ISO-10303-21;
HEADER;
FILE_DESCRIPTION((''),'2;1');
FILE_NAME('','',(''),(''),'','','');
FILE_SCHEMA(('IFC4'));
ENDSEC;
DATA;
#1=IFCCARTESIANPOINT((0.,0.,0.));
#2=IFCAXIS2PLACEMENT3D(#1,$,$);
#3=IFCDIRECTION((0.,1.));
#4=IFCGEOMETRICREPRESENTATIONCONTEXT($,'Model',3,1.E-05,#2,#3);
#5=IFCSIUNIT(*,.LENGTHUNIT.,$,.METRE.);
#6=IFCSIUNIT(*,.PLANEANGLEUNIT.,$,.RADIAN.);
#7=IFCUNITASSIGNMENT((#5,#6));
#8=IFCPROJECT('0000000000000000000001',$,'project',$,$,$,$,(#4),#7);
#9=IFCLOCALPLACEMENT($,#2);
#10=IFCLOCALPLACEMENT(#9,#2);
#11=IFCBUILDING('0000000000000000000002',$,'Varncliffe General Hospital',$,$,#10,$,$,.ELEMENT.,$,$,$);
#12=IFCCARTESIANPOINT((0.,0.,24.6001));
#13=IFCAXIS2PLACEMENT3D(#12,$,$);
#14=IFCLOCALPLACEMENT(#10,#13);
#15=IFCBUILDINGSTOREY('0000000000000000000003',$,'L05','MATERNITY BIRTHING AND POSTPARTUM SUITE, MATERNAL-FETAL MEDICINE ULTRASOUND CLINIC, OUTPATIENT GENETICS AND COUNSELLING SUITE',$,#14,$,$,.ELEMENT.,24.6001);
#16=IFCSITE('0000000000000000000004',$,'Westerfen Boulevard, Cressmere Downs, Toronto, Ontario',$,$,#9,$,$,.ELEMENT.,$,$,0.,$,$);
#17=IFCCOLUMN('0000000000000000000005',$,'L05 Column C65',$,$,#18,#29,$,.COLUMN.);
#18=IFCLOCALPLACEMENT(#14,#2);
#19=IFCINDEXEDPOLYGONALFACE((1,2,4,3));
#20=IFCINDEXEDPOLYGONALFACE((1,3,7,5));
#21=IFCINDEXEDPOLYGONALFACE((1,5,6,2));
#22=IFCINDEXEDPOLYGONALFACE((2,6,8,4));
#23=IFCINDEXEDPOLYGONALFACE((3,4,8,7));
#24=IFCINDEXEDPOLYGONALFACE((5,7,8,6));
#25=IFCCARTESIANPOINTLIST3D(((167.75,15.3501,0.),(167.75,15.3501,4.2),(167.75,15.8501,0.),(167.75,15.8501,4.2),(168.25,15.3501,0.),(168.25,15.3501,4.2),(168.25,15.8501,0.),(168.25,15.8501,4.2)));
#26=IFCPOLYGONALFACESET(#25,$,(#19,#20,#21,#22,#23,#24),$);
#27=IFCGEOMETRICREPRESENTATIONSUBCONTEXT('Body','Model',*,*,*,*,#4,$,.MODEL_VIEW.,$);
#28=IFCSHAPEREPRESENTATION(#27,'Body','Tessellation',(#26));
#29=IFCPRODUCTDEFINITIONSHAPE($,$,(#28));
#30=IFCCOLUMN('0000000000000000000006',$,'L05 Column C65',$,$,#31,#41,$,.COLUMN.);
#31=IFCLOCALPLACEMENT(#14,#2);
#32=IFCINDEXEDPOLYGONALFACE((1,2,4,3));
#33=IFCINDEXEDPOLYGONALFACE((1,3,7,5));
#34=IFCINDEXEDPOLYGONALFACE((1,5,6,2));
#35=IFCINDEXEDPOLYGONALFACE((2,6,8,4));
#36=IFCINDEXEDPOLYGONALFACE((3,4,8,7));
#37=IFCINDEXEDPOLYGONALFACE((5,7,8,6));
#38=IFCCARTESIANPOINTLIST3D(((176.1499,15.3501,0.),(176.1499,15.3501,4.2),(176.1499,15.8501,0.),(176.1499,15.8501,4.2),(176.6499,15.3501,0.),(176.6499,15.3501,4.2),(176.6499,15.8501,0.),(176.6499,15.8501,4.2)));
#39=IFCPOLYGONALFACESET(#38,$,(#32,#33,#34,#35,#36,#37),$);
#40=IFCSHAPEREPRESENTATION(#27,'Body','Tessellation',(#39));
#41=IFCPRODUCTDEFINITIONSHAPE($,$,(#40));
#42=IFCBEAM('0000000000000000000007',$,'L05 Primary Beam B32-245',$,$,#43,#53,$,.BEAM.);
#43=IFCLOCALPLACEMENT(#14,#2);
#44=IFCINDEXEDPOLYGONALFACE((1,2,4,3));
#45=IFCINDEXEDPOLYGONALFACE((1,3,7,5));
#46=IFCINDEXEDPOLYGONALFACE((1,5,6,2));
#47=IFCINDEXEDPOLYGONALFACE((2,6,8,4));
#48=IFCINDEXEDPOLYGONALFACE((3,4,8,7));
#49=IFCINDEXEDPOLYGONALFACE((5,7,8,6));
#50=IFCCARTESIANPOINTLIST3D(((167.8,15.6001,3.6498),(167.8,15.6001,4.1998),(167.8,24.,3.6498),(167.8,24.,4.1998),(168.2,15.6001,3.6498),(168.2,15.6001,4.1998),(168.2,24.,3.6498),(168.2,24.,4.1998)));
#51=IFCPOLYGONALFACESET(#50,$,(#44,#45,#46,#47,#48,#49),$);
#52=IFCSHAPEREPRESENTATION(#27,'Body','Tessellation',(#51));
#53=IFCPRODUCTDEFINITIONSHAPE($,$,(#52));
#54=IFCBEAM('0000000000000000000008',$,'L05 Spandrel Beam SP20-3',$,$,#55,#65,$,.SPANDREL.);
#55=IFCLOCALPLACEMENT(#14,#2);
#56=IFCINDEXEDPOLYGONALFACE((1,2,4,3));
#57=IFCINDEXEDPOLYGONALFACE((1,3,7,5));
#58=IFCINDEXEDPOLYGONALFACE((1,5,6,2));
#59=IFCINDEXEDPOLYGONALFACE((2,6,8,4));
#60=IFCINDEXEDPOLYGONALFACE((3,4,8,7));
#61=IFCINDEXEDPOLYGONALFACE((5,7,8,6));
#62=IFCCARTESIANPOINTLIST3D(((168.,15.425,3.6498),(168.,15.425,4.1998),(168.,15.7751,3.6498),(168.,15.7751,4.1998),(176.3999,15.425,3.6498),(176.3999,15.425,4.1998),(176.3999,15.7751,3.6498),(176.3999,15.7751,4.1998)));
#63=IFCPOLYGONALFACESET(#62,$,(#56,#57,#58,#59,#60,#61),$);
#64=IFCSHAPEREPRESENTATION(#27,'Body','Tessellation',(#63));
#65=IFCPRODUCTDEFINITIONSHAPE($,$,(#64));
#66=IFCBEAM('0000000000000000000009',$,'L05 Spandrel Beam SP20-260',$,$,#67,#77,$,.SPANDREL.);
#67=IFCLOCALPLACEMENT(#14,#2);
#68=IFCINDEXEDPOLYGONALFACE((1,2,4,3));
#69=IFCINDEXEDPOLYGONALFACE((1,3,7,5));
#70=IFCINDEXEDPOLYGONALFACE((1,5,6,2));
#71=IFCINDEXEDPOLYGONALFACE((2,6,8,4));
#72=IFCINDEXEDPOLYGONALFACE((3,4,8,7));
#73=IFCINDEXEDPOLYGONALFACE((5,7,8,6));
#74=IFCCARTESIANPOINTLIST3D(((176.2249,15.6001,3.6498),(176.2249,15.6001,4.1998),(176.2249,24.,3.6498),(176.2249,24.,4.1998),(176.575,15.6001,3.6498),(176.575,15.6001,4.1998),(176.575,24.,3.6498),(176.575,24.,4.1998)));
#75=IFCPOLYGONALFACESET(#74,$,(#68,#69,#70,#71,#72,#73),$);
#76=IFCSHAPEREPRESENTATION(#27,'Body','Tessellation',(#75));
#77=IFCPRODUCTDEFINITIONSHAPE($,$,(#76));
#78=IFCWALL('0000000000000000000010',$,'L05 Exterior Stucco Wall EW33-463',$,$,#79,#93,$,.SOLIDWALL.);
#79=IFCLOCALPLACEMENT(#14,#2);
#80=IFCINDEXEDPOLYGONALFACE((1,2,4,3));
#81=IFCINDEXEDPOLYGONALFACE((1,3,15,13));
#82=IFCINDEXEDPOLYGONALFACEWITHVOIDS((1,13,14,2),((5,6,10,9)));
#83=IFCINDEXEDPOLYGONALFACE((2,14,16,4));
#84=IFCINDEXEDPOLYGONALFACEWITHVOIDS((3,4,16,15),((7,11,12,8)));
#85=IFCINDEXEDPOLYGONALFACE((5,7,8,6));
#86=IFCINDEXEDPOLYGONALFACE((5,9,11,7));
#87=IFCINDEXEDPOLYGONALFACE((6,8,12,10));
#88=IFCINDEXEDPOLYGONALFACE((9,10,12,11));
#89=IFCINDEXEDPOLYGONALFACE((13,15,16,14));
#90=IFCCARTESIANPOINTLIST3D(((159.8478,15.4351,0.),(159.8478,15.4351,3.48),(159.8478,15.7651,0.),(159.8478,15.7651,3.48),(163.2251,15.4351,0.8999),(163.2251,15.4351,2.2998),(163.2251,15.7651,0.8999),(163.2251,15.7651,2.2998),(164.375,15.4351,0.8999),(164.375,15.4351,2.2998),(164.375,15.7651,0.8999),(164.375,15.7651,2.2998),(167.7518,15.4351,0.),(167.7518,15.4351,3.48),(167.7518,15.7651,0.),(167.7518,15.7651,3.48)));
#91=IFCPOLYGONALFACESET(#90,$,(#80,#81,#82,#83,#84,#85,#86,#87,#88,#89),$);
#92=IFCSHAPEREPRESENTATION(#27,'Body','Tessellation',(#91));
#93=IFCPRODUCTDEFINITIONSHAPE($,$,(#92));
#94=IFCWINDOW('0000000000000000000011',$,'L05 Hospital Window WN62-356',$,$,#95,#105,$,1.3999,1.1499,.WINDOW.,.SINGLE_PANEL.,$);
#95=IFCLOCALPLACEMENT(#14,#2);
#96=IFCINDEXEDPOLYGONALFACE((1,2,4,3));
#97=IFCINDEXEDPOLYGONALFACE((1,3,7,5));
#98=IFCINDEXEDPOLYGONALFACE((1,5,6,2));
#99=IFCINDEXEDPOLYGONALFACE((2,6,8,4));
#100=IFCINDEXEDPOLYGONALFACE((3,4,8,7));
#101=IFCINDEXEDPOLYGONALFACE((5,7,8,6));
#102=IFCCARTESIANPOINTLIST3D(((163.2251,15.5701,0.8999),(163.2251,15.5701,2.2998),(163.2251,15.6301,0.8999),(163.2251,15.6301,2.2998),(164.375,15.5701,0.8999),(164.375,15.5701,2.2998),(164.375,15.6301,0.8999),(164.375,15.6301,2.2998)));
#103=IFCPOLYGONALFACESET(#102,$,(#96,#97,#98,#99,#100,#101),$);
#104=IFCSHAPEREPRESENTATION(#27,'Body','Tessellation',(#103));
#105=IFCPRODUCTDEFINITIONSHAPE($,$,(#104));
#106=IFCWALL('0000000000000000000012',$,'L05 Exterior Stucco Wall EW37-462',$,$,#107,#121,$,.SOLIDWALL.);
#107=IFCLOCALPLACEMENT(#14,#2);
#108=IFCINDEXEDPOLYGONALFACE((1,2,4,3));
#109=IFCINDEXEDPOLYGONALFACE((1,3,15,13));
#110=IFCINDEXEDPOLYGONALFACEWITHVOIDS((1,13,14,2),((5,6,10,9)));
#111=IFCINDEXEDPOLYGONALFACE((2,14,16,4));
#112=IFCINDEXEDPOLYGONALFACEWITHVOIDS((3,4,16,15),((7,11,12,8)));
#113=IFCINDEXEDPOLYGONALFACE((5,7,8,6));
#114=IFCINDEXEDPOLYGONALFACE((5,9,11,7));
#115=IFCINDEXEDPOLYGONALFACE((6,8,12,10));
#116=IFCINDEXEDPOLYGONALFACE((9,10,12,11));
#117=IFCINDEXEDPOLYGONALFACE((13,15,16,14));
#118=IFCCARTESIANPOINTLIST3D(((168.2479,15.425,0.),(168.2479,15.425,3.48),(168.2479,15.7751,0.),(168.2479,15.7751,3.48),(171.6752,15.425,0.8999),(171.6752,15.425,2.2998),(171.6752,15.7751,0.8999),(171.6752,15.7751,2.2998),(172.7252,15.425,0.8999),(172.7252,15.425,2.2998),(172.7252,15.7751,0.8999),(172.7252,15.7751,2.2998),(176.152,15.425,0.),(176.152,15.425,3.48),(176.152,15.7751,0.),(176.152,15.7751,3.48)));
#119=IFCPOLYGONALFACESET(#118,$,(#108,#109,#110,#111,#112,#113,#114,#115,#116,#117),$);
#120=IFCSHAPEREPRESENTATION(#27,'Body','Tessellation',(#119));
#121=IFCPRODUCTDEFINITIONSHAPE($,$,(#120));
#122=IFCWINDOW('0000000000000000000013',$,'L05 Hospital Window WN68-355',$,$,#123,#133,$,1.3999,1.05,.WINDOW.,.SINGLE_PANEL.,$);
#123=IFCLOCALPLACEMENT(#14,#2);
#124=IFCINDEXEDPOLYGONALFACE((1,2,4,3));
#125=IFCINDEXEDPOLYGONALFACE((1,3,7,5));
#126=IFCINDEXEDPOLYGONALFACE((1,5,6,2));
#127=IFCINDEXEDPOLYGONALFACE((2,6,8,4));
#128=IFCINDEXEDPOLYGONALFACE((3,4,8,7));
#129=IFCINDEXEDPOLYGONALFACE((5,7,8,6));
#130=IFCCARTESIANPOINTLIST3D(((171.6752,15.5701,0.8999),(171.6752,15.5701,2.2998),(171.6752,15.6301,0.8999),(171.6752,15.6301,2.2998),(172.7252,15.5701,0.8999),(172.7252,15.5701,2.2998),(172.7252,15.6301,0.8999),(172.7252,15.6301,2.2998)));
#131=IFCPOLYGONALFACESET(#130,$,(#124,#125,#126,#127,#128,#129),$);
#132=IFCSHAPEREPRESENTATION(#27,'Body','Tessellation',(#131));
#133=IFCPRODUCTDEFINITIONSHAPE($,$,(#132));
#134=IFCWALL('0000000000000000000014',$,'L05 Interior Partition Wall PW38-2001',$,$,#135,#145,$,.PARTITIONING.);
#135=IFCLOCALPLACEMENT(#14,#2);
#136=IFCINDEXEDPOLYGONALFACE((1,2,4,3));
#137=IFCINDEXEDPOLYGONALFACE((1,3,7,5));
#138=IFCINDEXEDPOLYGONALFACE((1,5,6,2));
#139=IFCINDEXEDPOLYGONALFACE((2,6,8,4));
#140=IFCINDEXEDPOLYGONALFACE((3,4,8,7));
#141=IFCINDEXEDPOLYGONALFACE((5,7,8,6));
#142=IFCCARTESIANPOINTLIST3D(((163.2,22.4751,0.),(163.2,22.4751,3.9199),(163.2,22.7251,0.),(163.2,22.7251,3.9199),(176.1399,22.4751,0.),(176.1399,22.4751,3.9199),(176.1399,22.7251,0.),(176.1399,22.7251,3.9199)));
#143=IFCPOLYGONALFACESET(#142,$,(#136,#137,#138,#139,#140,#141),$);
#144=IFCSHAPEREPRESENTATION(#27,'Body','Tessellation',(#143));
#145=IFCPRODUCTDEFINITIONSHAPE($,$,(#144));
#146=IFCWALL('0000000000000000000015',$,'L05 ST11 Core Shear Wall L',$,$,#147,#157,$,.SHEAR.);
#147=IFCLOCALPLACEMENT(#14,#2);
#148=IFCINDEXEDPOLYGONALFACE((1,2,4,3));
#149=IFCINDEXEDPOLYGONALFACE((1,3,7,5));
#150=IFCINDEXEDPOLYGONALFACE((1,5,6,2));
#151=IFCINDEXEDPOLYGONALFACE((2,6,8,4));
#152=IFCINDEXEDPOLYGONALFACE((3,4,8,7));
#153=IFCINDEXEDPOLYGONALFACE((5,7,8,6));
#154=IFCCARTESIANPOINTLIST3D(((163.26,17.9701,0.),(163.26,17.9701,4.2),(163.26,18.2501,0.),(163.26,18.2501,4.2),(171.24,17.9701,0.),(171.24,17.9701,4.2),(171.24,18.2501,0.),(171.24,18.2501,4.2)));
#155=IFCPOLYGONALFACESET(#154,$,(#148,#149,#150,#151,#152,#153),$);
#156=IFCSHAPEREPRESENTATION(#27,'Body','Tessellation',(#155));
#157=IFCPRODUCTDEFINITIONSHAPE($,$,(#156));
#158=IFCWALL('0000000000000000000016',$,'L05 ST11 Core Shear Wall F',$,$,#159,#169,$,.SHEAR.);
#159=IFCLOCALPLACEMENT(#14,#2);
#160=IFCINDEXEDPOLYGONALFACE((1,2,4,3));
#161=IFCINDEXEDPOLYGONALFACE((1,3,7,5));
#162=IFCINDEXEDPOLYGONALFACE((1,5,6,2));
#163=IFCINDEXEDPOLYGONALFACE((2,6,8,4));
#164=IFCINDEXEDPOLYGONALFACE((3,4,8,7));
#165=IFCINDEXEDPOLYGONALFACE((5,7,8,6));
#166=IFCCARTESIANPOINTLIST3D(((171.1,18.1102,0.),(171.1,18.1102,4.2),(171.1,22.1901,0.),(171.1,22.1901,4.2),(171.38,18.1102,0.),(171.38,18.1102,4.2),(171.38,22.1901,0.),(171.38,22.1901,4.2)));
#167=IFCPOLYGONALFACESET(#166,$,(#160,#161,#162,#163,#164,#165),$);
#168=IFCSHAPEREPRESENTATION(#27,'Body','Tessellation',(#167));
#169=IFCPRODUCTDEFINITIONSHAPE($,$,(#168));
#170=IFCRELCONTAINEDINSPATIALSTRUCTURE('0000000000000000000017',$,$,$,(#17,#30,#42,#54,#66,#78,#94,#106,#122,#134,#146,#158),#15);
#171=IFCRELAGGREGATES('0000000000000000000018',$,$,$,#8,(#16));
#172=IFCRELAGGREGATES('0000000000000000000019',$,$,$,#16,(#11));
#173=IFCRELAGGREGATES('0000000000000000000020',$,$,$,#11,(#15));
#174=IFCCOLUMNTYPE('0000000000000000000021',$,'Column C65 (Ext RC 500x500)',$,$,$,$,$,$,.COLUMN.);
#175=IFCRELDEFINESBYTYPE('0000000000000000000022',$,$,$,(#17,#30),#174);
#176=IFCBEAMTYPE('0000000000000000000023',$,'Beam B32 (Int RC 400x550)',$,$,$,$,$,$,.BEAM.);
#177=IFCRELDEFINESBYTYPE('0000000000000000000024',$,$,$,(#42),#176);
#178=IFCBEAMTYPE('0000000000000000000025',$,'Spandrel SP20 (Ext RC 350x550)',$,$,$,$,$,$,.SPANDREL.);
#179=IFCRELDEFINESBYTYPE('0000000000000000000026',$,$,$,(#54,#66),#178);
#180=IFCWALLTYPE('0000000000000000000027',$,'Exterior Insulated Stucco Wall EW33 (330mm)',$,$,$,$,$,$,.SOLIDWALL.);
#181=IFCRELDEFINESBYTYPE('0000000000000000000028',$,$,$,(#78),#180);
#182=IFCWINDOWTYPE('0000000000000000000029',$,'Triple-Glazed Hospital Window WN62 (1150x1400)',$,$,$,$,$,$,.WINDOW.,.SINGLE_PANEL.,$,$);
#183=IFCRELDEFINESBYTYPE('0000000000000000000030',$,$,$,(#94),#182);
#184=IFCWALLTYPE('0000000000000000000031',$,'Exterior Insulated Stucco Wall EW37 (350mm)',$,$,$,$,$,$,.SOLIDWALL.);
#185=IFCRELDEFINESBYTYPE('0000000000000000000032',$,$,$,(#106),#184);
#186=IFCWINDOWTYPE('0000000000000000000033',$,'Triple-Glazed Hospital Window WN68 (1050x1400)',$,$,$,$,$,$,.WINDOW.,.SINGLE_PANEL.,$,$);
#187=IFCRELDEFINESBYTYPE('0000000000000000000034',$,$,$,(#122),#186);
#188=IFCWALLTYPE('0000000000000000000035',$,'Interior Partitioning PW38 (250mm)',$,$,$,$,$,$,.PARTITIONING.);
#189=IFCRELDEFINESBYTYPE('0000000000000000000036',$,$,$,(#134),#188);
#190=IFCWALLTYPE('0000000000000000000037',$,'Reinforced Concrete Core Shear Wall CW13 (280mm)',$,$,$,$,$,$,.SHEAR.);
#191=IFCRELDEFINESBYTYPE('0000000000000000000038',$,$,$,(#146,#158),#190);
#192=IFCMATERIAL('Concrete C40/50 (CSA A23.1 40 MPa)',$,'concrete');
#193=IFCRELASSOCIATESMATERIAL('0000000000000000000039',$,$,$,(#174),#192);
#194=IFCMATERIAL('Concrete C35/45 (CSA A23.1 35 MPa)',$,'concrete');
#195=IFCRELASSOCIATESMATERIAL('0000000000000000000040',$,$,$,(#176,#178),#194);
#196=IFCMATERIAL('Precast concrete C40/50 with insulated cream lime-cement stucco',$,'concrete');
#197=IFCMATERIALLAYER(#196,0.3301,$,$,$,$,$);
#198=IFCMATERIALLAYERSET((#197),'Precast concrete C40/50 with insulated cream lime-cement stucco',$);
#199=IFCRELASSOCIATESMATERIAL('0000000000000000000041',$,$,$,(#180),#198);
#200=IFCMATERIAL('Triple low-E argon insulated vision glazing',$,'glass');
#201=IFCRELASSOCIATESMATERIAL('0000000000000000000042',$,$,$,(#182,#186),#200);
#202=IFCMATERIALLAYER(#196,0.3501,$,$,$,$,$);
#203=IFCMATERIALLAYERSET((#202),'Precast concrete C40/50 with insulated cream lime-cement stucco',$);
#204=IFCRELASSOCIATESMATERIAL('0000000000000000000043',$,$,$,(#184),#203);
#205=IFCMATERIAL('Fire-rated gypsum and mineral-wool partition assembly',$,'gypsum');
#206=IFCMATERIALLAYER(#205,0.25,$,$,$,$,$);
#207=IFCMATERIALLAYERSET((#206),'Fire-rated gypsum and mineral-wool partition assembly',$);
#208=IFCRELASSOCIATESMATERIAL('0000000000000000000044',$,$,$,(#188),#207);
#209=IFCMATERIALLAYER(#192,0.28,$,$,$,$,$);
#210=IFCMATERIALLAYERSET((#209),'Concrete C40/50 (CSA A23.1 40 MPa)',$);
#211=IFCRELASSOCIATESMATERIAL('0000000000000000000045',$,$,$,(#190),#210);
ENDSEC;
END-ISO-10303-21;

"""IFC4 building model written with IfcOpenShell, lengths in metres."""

from ifc_helpers import new_model, si_unit, direction, frame, frame_2d, origin, origin_2d, place, context, subcontext, project, spatial, rectangle, extrude, material, layer, layer_set, material_profile, profile_set, type_object, element, fill, save


model = new_model("IFC4")

# Units and contexts
model_context = context("Model", 3, precision=1e-05, world=origin(), true_north=direction((0.0, 1.0)))
body_context = subcontext(model_context, "Body", "Model", "MODEL_VIEW")
ifc_project = project(units=[si_unit("LENGTHUNIT", "METRE"), si_unit("PLANEANGLEUNIT", "RADIAN")], contexts=[model_context])

# Site, building, storey
site_placement = place(None, origin())
site = spatial("IfcSite", under=ifc_project, at=site_placement, Name="Westerfen Boulevard, Cressmere Downs, Toronto, Ontario", CompositionType="ELEMENT", RefElevation=0.0)
building_placement = place(site_placement, origin())
building = spatial("IfcBuilding", under=site, at=building_placement, Name="Varncliffe General Hospital", CompositionType="ELEMENT")
storey_placement = place(building_placement, frame((0.0, 0.0, 24.6001)))
storey = spatial("IfcBuildingStorey", under=building, at=storey_placement, Name="L05", Description="MATERNITY BIRTHING AND POSTPARTUM SUITE, MATERNAL-FETAL MEDICINE ULTRASOUND CLINIC, OUTPATIENT GENETICS AND COUNSELLING SUITE", CompositionType="ELEMENT", Elevation=24.6001)

# Columns
ifc_material_1 = material(Name="Concrete C40/50 (CSA A23.1 40 MPa)", Category="concrete")
ifc_material_profile_1 = material_profile(ifc_material_1, rectangle(XDim=0.5, YDim=0.5, at=origin_2d()), Name="RC 500x500")
ifc_profile_set_1 = profile_set([ifc_material_profile_1], Name="Concrete C40/50 (CSA A23.1 40 MPa)")
column_type = type_object("IfcColumnType", Name="Column C65 (Ext RC 500x500)", PredefinedType="COLUMN", material=ifc_profile_set_1)
for number, where, z_axis, x_axis, name in (
    (1, (168.0, 15.6001, 0.0), (0.0, 0.0, 1.0), (1.0, 0.0, 0.0), "L05 Column C65"),
    (2, (176.3999, 15.6001, 0.0), (0.0, 0.0, 1.0), (1.0, 0.0, 0.0), "L05 Column C65"),
):
    element("IfcColumn", number, at=place(storey_placement, frame(where, z_axis=z_axis, x_axis=x_axis)), inside=storey, type_object=column_type, Name=name, PredefinedType="COLUMN", context=body_context, shape_type="SweptSolid", body=[
        extrude(rectangle(XDim=0.5, YDim=0.5, at=origin_2d()), origin(), (0.0, 0.0, 1.0), 4.2),
    ])

# Beams
ifc_material_2 = material(Name="Concrete C35/45 (CSA A23.1 35 MPa)", Category="concrete")
ifc_material_profile_2 = material_profile(ifc_material_2, rectangle(XDim=0.3999, YDim=0.55, at=origin_2d()), Name="RC 400x550")
ifc_profile_set_2 = profile_set([ifc_material_profile_2], Name="Concrete C35/45 (CSA A23.1 35 MPa)")
beam_type_1 = type_object("IfcBeamType", Name="Beam B32 (Int RC 400x550)", PredefinedType="BEAM", material=ifc_profile_set_2)
beam_placement = place(storey_placement, frame((168.0, 15.6001, 3.9248), z_axis=(0.0, 1.0, 0.0), x_axis=(-1.0, 0.0, 0.0)))
element("IfcBeam", 3, at=beam_placement, inside=storey, type_object=beam_type_1, Name="L05 Primary Beam B32-245", PredefinedType="BEAM", context=body_context, shape_type="SweptSolid", body=[
    extrude(rectangle(XDim=0.3999, YDim=0.55, at=origin_2d()), origin(), (0.0, 0.0, 1.0), 8.3999),
])
ifc_material_profile_3 = material_profile(ifc_material_2, rectangle(XDim=0.3501, YDim=0.55, at=origin_2d()), Name="RC 350x550")
ifc_profile_set_3 = profile_set([ifc_material_profile_3], Name="Concrete C35/45 (CSA A23.1 35 MPa)")
beam_type_2 = type_object("IfcBeamType", Name="Spandrel SP20 (Ext RC 350x550)", PredefinedType="SPANDREL", material=ifc_profile_set_3)
for number, where, z_axis, x_axis, name in (
    (4, (168.0, 15.6001, 3.9248), (1.0, 0.0, 0.0), (0.0, 1.0, 0.0), "L05 Spandrel Beam SP20-3"),
    (5, (176.3999, 15.6001, 3.9248), (0.0, 1.0, 0.0), (-1.0, 0.0, 0.0), "L05 Spandrel Beam SP20-260"),
):
    element("IfcBeam", number, at=place(storey_placement, frame(where, z_axis=z_axis, x_axis=x_axis)), inside=storey, type_object=beam_type_2, Name=name, PredefinedType="SPANDREL", context=body_context, shape_type="SweptSolid", body=[
        extrude(rectangle(XDim=0.3501, YDim=0.55, at=origin_2d()), origin(), (0.0, 0.0, 1.0), 8.3999),
    ])

# Walls, openings, windows
ifc_material_3 = material(Name="Precast concrete C40/50 with insulated cream lime-cement stucco", Category="concrete")
ifc_layer_1 = layer(ifc_material_3, 0.3301)
ifc_layer_set_1 = layer_set([ifc_layer_1], Name="Precast concrete C40/50 with insulated cream lime-cement stucco")
wall_type_1 = type_object("IfcWallType", Name="Exterior Insulated Stucco Wall EW33 (330mm)", PredefinedType="SOLIDWALL", material=ifc_layer_set_1)
wall_1_placement = place(storey_placement, frame((167.752, 15.6001, 0.0), z_axis=(0.0, 0.0, 1.0), x_axis=(-1.0, 0.0, 0.0)))
wall_1 = element("IfcWall", 6, at=wall_1_placement, inside=storey, type_object=wall_type_1, Name="L05 Exterior Stucco Wall EW33-463", PredefinedType="SOLIDWALL", context=body_context, shape_type="SweptSolid", body=[
    extrude(rectangle(XDim=7.9041, YDim=0.3301, at=frame_2d((3.9521, 0.0))), origin(), (0.0, 0.0, 1.0), 3.48),
])
opening_1_placement = place(wall_1_placement, frame((3.377, 0.0, 0.8999)))
opening_1 = element("IfcOpeningElement", 7, at=opening_1_placement, cuts=wall_1, PredefinedType="OPENING", context=body_context, shape_type="SweptSolid", body=[
    extrude(rectangle(XDim=1.1499, YDim=1.3999, at=frame_2d((0.575, 0.7))), frame((0.0, 0.175, 0.0), z_axis=(0.0, -1.0, 0.0), x_axis=(1.0, 0.0, 0.0)), (0.0, 0.0, 1.0), 0.3501),
])
ifc_material_4 = material(Name="Triple low-E argon insulated vision glazing", Category="glass")
window_type_1 = type_object("IfcWindowType", Name="Triple-Glazed Hospital Window WN62 (1150x1400)", PartitioningType="SINGLE_PANEL", PredefinedType="WINDOW", material=ifc_material_4)
window_1_placement = place(opening_1_placement, origin())
window_1 = element("IfcWindow", 8, at=window_1_placement, inside=storey, type_object=window_type_1, Name="L05 Hospital Window WN62-356", OverallHeight=1.3999, OverallWidth=1.1499, PartitioningType="SINGLE_PANEL", PredefinedType="WINDOW", context=body_context, shape_type="SweptSolid", body=[
    extrude(rectangle(XDim=1.1499, YDim=1.3999, at=frame_2d((0.575, 0.7))), frame((0.0, 0.03, 0.0), z_axis=(0.0, -1.0, 0.0), x_axis=(1.0, 0.0, 0.0)), (0.0, 0.0, 1.0), 0.0601),
])
fill(opening_1, window_1)
ifc_layer_2 = layer(ifc_material_3, 0.3501)
ifc_layer_set_2 = layer_set([ifc_layer_2], Name="Precast concrete C40/50 with insulated cream lime-cement stucco")
wall_type_2 = type_object("IfcWallType", Name="Exterior Insulated Stucco Wall EW37 (350mm)", PredefinedType="SOLIDWALL", material=ifc_layer_set_2)
wall_2_placement = place(storey_placement, frame((176.1521, 15.6001, 0.0), z_axis=(0.0, 0.0, 1.0), x_axis=(-1.0, 0.0, 0.0)))
wall_2 = element("IfcWall", 9, at=wall_2_placement, inside=storey, type_object=wall_type_2, Name="L05 Exterior Stucco Wall EW37-462", PredefinedType="SOLIDWALL", context=body_context, shape_type="SweptSolid", body=[
    extrude(rectangle(XDim=7.9041, YDim=0.3501, at=frame_2d((3.9521, 0.0))), origin(), (0.0, 0.0, 1.0), 3.48),
])
opening_2_placement = place(wall_2_placement, frame((3.427, 0.0, 0.8999)))
opening_2 = element("IfcOpeningElement", 10, at=opening_2_placement, cuts=wall_2, PredefinedType="OPENING", context=body_context, shape_type="SweptSolid", body=[
    extrude(rectangle(XDim=1.05, YDim=1.3999, at=frame_2d((0.5249, 0.7))), frame((0.0, 0.1851, 0.0), z_axis=(0.0, -1.0, 0.0), x_axis=(1.0, 0.0, 0.0)), (0.0, 0.0, 1.0), 0.3701),
])
window_type_2 = type_object("IfcWindowType", Name="Triple-Glazed Hospital Window WN68 (1050x1400)", PartitioningType="SINGLE_PANEL", PredefinedType="WINDOW", material=ifc_material_4)
window_2_placement = place(opening_2_placement, origin())
window_2 = element("IfcWindow", 11, at=window_2_placement, inside=storey, type_object=window_type_2, Name="L05 Hospital Window WN68-355", OverallHeight=1.3999, OverallWidth=1.05, PartitioningType="SINGLE_PANEL", PredefinedType="WINDOW", context=body_context, shape_type="SweptSolid", body=[
    extrude(rectangle(XDim=1.05, YDim=1.3999, at=frame_2d((0.5249, 0.7))), frame((0.0, 0.03, 0.0), z_axis=(0.0, -1.0, 0.0), x_axis=(1.0, 0.0, 0.0)), (0.0, 0.0, 1.0), 0.0601),
])
fill(opening_2, window_2)

# Walls
ifc_material_5 = material(Name="Fire-rated gypsum and mineral-wool partition assembly", Category="gypsum")
ifc_layer_3 = layer(ifc_material_5, 0.25)
ifc_layer_set_3 = layer_set([ifc_layer_3], Name="Fire-rated gypsum and mineral-wool partition assembly")
wall_type_3 = type_object("IfcWallType", Name="Interior Partitioning PW38 (250mm)", PredefinedType="PARTITIONING", material=ifc_layer_set_3)
wall_3_placement = place(storey_placement, frame((163.2, 22.6001, 0.0), z_axis=(0.0, 0.0, 1.0), x_axis=(1.0, 0.0, 0.0)))
element("IfcWall", 12, at=wall_3_placement, inside=storey, type_object=wall_type_3, Name="L05 Interior Partition Wall PW38-2001", PredefinedType="PARTITIONING", context=body_context, shape_type="SweptSolid", body=[
    extrude(rectangle(XDim=12.9399, YDim=0.25, at=frame_2d((6.47, 0.0))), origin(), (0.0, 0.0, 1.0), 3.9199),
])
ifc_layer_4 = layer(ifc_material_1, 0.28)
ifc_layer_set_4 = layer_set([ifc_layer_4], Name="Concrete C40/50 (CSA A23.1 40 MPa)")
wall_type_4 = type_object("IfcWallType", Name="Reinforced Concrete Core Shear Wall CW13 (280mm)", PredefinedType="SHEAR", material=ifc_layer_set_4)
wall_4_placement = place(storey_placement, frame((163.26, 18.1101, 0.0), z_axis=(0.0, 0.0, 1.0), x_axis=(1.0, 0.0, 0.0)))
element("IfcWall", 13, at=wall_4_placement, inside=storey, type_object=wall_type_4, Name="L05 ST11 Core Shear Wall L", PredefinedType="SHEAR", context=body_context, shape_type="SweptSolid", body=[
    extrude(rectangle(XDim=7.98, YDim=0.28, at=frame_2d((3.99, 0.0))), origin(), (0.0, 0.0, 1.0), 4.2),
])
wall_5_placement = place(storey_placement, frame((171.24, 18.1101, 0.0), z_axis=(0.0, 0.0, 1.0), x_axis=(0.0, 1.0, 0.0)))
element("IfcWall", 14, at=wall_5_placement, inside=storey, type_object=wall_type_4, Name="L05 ST11 Core Shear Wall F", PredefinedType="SHEAR", context=body_context, shape_type="SweptSolid", body=[
    extrude(rectangle(XDim=4.0798, YDim=0.28, at=frame_2d((2.04, 0.0))), origin(), (0.0, 0.0, 1.0), 4.2),
])

save(model, "model.ifc")
